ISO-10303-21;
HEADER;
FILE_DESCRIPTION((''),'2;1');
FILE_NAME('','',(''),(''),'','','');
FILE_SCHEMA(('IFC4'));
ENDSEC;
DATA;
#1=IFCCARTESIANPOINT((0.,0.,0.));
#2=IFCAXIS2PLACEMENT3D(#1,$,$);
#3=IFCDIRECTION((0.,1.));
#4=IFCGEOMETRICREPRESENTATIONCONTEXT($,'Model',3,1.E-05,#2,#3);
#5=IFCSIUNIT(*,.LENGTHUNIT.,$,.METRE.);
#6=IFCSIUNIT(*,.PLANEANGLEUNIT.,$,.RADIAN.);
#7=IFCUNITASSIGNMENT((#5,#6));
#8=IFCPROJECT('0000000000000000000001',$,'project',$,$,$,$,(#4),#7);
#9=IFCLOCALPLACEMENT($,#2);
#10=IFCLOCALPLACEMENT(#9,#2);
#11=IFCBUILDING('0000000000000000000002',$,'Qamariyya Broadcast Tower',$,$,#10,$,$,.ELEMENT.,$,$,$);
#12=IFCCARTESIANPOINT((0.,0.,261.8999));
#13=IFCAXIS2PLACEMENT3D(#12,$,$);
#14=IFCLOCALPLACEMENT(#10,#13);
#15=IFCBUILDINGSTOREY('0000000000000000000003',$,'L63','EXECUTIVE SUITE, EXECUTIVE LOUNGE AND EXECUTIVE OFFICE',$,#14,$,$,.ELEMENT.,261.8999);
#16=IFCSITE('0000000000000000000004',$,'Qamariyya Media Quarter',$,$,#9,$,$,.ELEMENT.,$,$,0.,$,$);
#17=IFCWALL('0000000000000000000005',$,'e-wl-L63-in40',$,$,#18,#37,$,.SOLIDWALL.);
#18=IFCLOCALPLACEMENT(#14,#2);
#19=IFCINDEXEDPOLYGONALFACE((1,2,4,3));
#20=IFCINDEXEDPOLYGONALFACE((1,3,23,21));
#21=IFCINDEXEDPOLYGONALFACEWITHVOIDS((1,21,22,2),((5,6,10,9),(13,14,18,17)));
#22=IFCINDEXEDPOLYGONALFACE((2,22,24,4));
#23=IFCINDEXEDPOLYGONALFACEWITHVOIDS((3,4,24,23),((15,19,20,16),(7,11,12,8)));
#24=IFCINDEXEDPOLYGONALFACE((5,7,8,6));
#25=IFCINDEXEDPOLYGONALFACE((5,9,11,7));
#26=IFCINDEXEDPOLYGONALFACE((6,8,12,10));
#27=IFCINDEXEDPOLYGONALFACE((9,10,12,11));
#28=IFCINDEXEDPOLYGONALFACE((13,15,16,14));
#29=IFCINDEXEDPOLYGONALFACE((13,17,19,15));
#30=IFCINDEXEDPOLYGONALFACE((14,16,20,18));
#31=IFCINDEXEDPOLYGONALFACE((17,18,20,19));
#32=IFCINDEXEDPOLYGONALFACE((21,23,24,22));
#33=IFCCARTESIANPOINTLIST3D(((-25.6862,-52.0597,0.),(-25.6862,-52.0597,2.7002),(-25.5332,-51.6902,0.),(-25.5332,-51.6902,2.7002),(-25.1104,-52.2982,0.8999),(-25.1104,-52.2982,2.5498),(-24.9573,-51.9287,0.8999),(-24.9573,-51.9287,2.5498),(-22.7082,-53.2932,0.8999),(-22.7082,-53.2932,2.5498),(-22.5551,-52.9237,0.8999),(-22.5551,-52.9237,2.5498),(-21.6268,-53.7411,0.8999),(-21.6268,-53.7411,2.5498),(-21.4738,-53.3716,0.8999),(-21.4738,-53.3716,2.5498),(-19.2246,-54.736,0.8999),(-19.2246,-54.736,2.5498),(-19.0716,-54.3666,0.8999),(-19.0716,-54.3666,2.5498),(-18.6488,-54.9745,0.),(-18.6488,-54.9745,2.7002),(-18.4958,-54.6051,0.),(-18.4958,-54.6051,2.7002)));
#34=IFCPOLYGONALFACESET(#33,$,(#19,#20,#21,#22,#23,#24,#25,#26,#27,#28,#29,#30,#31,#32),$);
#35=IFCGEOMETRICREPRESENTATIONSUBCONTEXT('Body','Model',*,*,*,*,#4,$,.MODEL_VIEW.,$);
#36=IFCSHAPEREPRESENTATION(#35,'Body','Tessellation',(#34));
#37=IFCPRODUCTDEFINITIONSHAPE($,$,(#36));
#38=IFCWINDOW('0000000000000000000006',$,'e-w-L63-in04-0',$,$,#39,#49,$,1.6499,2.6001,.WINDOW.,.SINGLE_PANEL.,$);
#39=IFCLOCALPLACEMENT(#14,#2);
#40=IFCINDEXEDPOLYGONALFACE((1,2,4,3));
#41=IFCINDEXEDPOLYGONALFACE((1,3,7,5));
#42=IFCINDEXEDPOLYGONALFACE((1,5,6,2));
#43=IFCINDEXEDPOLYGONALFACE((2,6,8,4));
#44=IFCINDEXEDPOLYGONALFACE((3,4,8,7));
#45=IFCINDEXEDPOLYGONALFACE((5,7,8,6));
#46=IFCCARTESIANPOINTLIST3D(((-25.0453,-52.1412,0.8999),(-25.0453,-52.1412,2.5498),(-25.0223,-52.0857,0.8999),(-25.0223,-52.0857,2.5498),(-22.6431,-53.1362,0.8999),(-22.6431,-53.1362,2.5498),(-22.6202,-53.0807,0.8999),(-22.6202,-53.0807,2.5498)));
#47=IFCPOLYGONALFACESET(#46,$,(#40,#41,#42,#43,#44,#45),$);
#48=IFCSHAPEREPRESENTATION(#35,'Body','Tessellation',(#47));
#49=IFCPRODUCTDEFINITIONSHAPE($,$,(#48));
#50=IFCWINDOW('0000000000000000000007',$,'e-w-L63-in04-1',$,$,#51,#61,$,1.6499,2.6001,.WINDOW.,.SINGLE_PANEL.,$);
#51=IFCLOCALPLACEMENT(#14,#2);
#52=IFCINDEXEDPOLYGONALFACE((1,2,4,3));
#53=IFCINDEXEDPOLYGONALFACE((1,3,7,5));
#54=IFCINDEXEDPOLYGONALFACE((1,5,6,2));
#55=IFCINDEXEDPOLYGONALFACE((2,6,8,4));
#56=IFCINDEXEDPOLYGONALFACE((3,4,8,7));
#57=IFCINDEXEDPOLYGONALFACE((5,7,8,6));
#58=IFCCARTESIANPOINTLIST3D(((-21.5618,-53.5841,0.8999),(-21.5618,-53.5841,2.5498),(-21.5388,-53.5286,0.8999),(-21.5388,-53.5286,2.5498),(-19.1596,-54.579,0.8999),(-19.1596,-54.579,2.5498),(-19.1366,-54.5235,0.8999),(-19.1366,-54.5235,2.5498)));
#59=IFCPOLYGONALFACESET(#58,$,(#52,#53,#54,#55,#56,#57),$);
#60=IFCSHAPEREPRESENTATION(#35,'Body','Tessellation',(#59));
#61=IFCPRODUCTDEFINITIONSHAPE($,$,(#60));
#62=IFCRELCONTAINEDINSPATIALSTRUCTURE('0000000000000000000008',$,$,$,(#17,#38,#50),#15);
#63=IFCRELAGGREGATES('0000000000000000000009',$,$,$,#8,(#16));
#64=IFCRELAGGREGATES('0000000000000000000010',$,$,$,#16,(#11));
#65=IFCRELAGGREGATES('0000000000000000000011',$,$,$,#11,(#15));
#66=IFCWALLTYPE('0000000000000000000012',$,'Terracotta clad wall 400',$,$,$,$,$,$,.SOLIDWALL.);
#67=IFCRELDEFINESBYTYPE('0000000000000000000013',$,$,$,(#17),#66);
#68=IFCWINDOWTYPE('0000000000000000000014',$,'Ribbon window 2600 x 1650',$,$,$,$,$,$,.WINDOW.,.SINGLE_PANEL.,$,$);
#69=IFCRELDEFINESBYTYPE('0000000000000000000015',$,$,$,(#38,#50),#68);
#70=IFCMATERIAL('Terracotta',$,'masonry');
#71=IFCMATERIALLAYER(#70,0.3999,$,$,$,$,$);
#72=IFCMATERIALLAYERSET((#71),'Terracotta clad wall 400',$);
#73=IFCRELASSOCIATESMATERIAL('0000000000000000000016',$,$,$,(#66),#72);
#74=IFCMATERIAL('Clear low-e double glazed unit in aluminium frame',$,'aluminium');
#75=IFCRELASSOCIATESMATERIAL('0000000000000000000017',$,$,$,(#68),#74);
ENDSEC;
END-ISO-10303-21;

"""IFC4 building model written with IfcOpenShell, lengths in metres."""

from ifc_helpers import new_model, si_unit, direction, frame, frame_2d, origin, place, context, subcontext, project, spatial, rectangle, extrude, material, layer, layer_set, type_object, element, fill, save


model = new_model("IFC4")

# Units and contexts
model_context = context("Model", 3, precision=1e-05, world=origin(), true_north=direction((0.0, 1.0)))
body_context = subcontext(model_context, "Body", "Model", "MODEL_VIEW")
ifc_project = project(units=[si_unit("LENGTHUNIT", "METRE"), si_unit("PLANEANGLEUNIT", "RADIAN")], contexts=[model_context])

# Site, building, storey
site_placement = place(None, origin())
site = spatial("IfcSite", under=ifc_project, at=site_placement, Name="Qamariyya Media Quarter", CompositionType="ELEMENT", RefElevation=0.0)
building_placement = place(site_placement, origin())
building = spatial("IfcBuilding", under=site, at=building_placement, Name="Qamariyya Broadcast Tower", CompositionType="ELEMENT")
storey_placement = place(building_placement, frame((0.0, 0.0, 261.8999)))
storey = spatial("IfcBuildingStorey", under=building, at=storey_placement, Name="L63", Description="EXECUTIVE SUITE, EXECUTIVE LOUNGE AND EXECUTIVE OFFICE", CompositionType="ELEMENT", Elevation=261.8999)

# Wall, openings, windows
ifc_material_1 = material(Name="Terracotta", Category="masonry")
ifc_layer_1 = layer(ifc_material_1, 0.3999)
ifc_layer_set_1 = layer_set([ifc_layer_1], Name="Terracotta clad wall 400")
wall_type_1 = type_object("IfcWallType", Name="Terracotta clad wall 400", PredefinedType="SOLIDWALL", material=ifc_layer_set_1)
ifc_material_2 = material(Name="Clear low-e double glazed unit in aluminium frame", Category="aluminium")
window_type = type_object("IfcWindowType", Name="Ribbon window 2600 x 1650", PartitioningType="SINGLE_PANEL", PredefinedType="WINDOW", material=ifc_material_2)
wall_1_placement = place(storey_placement, frame((-18.5723, -54.7898, 0.0), z_axis=(0.0, 0.0, 1.0), x_axis=(-0.923888, 0.382664, 0.0)))
wall_1 = element("IfcWall", 1, at=wall_1_placement, inside=storey, type_object=wall_type_1, Name="e-wl-L63-in40", PredefinedType="SOLIDWALL", context=body_context, shape_type="SweptSolid", body=[
    extrude(rectangle(XDim=7.6172, YDim=0.3999, at=frame_2d((3.8086, 0.0))), origin(), (0.0, 0.0, 1.0), 2.7002),
])
opening_1_placement = place(wall_1_placement, frame((4.3938, 0.0, 0.8999)))
opening_1 = element("IfcOpeningElement", 2, at=opening_1_placement, cuts=wall_1, PredefinedType="OPENING", context=body_context, shape_type="SweptSolid", body=[
    extrude(rectangle(XDim=2.6001, YDim=1.6499, at=frame_2d((1.3, 0.825))), frame((0.0, 0.21, 0.0), z_axis=(0.0, -1.0, 0.0), x_axis=(1.0, 0.0, 0.0)), (0.0, 0.0, 1.0), 0.4199),
])
opening_2_placement = place(wall_1_placement, frame((0.6233, 0.0, 0.8999)))
opening_2 = element("IfcOpeningElement", 3, at=opening_2_placement, cuts=wall_1, PredefinedType="OPENING", context=body_context, shape_type="SweptSolid", body=[
    extrude(rectangle(XDim=2.6001, YDim=1.6499, at=frame_2d((1.3, 0.825))), frame((0.0, 0.21, 0.0), z_axis=(0.0, -1.0, 0.0), x_axis=(1.0, 0.0, 0.0)), (0.0, 0.0, 1.0), 0.4199),
])
window_1_placement = place(opening_1_placement, origin())
window_1 = element("IfcWindow", 4, at=window_1_placement, inside=storey, type_object=window_type, Name="e-w-L63-in04-0", OverallHeight=1.6499, OverallWidth=2.6001, PartitioningType="SINGLE_PANEL", PredefinedType="WINDOW", context=body_context, shape_type="SweptSolid", body=[
    extrude(rectangle(XDim=2.6001, YDim=1.6499, at=frame_2d((1.3, 0.825))), frame((0.0, 0.03, 0.0), z_axis=(0.0, -1.0, 0.0), x_axis=(1.0, 0.0, 0.0)), (0.0, 0.0, 1.0), 0.0601),
])
fill(opening_1, window_1)
window_2_placement = place(opening_2_placement, origin())
window_2 = element("IfcWindow", 5, at=window_2_placement, inside=storey, type_object=window_type, Name="e-w-L63-in04-1", OverallHeight=1.6499, OverallWidth=2.6001, PartitioningType="SINGLE_PANEL", PredefinedType="WINDOW", context=body_context, shape_type="SweptSolid", body=[
    extrude(rectangle(XDim=2.6001, YDim=1.6499, at=frame_2d((1.3, 0.825))), frame((0.0, 0.03, 0.0), z_axis=(0.0, -1.0, 0.0), x_axis=(1.0, 0.0, 0.0)), (0.0, 0.0, 1.0), 0.0601),
])
fill(opening_2, window_2)

save(model, "model.ifc")
